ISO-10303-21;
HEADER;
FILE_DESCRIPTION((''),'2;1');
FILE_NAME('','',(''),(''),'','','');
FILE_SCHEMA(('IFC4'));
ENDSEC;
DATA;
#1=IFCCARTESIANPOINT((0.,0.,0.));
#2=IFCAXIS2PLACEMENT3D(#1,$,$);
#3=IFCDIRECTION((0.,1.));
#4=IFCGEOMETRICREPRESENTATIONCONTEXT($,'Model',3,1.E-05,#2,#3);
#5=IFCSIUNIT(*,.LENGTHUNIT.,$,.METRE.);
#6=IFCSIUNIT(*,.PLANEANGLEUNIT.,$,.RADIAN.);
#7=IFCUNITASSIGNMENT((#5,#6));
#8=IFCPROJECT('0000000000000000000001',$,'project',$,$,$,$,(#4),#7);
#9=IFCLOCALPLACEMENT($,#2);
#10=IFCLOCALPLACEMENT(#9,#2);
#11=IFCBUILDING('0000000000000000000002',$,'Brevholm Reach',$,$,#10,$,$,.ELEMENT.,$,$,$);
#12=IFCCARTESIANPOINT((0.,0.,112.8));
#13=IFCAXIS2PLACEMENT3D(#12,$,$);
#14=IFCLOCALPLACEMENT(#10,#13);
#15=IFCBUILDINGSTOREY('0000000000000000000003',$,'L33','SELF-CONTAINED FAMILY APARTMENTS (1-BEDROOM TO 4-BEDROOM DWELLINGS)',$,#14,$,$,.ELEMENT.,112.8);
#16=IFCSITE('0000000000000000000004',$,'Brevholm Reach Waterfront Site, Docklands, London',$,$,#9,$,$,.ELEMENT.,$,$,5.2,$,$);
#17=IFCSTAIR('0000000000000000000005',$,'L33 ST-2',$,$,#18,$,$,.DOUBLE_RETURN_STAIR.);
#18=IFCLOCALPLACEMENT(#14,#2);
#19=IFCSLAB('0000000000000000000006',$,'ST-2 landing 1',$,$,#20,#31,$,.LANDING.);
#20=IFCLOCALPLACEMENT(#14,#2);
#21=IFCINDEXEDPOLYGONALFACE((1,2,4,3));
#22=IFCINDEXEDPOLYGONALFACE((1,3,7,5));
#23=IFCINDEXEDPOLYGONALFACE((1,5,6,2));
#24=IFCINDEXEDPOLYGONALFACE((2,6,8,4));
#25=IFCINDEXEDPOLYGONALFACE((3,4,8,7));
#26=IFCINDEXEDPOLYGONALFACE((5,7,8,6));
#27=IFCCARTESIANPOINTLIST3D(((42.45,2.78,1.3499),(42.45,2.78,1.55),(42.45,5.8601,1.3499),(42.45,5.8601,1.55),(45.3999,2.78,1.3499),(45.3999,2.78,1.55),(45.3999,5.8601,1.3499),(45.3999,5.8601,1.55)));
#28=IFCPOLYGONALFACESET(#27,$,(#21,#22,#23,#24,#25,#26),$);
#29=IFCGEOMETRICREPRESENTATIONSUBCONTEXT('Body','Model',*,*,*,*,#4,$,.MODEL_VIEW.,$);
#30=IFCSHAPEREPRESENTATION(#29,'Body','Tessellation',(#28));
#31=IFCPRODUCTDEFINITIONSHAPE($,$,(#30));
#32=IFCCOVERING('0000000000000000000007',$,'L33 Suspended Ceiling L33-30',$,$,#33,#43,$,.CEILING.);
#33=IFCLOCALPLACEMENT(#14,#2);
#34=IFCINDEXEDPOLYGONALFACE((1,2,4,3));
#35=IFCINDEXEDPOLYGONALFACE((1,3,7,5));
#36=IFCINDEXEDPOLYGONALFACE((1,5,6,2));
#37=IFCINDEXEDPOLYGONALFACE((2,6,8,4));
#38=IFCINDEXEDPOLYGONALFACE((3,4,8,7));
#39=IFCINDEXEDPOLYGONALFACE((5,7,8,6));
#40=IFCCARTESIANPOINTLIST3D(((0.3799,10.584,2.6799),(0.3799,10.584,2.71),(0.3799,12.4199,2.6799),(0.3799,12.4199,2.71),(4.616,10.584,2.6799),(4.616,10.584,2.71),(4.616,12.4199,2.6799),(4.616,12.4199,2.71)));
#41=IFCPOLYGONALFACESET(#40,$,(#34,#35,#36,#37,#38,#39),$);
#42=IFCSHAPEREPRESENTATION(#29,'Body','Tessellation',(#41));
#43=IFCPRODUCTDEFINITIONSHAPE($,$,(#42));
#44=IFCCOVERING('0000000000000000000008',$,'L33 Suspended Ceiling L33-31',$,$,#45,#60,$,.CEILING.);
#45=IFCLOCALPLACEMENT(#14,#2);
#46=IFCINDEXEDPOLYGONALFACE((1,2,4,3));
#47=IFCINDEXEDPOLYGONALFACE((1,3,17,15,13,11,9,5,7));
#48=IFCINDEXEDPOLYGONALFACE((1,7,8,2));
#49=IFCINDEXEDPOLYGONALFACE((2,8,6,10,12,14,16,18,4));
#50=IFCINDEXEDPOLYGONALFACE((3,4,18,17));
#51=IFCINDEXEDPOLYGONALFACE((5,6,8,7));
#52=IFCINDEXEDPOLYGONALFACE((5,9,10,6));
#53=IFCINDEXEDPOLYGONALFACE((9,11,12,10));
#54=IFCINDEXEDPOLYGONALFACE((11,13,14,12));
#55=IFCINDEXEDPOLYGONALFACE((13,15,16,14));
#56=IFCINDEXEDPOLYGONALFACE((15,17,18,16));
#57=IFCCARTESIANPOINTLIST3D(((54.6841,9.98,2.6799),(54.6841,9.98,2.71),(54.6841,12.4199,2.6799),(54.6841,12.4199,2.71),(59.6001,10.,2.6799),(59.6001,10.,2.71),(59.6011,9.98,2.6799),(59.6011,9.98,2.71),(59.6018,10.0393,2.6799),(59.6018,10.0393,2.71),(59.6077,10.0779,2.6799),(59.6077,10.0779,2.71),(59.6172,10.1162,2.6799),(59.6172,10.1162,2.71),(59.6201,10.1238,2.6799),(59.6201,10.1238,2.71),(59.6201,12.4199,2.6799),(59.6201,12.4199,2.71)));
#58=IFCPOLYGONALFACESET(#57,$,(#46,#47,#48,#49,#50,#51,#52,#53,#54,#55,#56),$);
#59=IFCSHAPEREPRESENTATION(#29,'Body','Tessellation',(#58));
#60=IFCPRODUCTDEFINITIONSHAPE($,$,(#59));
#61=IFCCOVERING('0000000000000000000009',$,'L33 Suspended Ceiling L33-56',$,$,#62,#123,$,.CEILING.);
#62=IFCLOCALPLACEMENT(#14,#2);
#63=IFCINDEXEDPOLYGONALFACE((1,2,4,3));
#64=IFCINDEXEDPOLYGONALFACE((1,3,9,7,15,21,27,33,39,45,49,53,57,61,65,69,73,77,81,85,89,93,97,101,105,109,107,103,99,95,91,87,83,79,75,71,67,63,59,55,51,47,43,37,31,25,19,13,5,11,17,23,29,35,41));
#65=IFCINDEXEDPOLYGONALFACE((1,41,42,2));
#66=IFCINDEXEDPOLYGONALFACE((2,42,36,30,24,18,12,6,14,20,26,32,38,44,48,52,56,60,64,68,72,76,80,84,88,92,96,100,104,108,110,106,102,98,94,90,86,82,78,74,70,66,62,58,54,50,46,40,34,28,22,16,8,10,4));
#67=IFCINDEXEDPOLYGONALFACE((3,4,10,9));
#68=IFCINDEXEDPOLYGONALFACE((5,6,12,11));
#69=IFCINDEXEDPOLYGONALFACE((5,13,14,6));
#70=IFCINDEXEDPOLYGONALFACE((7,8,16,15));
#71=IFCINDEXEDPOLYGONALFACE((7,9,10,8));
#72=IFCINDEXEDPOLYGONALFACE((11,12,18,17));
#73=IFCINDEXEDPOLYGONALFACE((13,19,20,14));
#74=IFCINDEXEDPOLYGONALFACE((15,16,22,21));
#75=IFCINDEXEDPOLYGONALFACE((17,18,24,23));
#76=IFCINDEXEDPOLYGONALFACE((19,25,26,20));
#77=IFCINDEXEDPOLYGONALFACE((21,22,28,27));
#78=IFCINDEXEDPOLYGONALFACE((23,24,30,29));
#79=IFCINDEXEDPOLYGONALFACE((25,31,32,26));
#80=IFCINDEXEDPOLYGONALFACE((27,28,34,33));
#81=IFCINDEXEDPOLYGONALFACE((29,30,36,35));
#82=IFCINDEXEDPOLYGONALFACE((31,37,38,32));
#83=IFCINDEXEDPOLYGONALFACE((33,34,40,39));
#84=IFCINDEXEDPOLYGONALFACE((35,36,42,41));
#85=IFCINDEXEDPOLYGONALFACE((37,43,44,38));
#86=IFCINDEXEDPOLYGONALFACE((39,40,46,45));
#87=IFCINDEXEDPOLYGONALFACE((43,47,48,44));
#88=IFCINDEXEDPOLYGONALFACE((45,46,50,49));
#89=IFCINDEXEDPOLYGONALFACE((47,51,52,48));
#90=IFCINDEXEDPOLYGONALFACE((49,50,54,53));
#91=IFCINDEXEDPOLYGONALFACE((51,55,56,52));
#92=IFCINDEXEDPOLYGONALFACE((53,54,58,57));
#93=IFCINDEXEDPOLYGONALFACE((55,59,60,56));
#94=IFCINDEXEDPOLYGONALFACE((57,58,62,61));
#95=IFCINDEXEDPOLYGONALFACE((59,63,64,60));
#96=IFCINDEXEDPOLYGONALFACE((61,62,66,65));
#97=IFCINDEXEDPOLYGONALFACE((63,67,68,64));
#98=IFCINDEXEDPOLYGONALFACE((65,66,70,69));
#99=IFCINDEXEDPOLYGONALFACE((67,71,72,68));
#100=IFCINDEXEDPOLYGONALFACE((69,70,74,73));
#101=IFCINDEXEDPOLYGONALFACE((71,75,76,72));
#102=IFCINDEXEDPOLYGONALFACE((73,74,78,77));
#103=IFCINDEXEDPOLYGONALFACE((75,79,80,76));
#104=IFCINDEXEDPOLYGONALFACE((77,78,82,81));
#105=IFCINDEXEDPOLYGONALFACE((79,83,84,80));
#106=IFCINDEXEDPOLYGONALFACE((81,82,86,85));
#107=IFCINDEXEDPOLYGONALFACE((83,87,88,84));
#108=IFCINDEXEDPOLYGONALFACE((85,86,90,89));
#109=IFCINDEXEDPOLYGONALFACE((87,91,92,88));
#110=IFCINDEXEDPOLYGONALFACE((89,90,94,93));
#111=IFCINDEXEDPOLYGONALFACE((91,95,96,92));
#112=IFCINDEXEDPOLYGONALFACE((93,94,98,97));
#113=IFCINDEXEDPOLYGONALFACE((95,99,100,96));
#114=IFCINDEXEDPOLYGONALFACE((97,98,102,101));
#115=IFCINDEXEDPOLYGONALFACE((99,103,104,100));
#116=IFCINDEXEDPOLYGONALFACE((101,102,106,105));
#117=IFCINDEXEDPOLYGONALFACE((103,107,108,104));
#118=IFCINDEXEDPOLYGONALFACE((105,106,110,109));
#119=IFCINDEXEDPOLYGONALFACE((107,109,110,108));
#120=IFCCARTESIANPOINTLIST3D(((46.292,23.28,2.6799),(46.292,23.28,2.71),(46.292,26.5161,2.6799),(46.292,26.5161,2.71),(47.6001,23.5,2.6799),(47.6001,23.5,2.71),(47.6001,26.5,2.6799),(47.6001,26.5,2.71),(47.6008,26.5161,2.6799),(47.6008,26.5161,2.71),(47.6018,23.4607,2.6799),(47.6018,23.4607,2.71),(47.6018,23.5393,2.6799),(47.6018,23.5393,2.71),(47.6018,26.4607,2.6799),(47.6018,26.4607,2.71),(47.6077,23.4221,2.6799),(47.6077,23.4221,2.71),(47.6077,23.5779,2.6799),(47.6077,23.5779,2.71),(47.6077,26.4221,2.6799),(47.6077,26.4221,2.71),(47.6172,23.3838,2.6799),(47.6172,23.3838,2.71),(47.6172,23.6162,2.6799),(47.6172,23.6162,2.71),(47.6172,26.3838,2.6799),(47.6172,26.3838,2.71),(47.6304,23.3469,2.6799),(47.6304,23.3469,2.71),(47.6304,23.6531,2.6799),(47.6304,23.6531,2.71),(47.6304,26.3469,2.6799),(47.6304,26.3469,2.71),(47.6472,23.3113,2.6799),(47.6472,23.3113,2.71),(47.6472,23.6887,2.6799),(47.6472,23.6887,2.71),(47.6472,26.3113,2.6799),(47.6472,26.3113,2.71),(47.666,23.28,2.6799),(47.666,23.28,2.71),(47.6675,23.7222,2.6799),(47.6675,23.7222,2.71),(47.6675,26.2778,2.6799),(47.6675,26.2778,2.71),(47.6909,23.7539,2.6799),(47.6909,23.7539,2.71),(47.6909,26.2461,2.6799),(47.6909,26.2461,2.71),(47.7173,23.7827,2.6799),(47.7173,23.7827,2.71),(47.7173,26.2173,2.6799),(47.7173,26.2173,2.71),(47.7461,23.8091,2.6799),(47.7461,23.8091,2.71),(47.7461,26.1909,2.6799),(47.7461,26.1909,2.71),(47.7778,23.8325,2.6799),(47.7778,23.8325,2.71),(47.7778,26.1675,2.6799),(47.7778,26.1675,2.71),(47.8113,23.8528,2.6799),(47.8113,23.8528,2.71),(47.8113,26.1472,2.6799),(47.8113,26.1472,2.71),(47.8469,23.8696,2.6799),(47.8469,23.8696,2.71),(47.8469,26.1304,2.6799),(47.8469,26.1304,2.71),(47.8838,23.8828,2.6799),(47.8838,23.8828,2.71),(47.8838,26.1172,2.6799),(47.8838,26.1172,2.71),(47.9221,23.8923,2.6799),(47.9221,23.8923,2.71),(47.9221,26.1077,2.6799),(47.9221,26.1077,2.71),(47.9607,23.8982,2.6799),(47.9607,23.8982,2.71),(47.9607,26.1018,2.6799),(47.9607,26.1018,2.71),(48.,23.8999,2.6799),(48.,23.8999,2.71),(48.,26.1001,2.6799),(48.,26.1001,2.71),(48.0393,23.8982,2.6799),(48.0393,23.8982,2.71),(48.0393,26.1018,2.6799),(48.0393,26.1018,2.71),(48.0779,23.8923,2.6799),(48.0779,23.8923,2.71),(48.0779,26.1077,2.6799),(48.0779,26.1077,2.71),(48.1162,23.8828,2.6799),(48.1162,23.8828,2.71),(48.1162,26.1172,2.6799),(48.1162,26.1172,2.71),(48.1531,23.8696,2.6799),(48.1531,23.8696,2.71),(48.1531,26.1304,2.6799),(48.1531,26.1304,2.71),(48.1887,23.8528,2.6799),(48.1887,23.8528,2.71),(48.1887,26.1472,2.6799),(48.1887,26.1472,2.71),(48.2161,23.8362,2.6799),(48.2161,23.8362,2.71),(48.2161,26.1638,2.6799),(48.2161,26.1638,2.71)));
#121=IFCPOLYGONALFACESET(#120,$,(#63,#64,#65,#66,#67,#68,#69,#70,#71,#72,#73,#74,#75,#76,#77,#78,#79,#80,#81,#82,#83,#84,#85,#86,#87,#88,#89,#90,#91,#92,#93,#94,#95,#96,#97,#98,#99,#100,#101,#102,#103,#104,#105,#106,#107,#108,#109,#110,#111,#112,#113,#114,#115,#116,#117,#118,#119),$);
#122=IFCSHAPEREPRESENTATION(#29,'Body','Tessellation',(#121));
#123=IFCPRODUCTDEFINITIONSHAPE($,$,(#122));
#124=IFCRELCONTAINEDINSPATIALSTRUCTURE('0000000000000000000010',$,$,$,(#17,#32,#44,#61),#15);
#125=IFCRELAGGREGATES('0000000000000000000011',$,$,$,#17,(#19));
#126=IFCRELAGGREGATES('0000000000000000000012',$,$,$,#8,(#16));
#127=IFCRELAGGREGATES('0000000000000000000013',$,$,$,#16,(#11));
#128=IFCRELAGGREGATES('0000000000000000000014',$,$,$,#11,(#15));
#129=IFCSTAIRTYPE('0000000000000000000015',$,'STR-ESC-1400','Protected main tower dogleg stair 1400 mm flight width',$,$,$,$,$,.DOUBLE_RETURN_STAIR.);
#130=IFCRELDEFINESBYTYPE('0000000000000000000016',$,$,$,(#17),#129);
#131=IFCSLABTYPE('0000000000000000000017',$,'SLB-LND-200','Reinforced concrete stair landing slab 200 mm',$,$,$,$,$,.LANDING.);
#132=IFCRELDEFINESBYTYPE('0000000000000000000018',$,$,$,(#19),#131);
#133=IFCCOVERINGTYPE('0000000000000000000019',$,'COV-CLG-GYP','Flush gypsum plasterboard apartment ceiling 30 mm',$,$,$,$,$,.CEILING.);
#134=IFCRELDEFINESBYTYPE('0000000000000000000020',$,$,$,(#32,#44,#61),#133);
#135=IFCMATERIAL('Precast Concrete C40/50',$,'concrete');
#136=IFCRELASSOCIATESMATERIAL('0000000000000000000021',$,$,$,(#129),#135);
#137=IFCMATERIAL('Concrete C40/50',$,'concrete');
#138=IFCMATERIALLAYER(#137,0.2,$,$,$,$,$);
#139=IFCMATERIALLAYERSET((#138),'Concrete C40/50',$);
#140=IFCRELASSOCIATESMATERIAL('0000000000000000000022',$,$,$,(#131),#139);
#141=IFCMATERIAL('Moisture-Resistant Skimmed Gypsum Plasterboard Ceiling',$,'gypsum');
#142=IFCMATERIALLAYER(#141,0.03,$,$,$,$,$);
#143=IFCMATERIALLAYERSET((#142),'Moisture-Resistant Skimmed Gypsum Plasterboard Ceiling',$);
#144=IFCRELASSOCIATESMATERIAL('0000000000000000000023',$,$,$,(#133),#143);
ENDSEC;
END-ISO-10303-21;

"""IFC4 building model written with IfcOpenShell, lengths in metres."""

from ifc_helpers import new_model, si_unit, direction, frame, origin, place, context, subcontext, project, spatial, polyline, outline, extrude, material, layer, layer_set, type_object, element, aggregate, save


model = new_model("IFC4")

# Units and contexts
model_context = context("Model", 3, precision=1e-05, world=origin(), true_north=direction((0.0, 1.0)))
body_context = subcontext(model_context, "Body", "Model", "MODEL_VIEW")
ifc_project = project(units=[si_unit("LENGTHUNIT", "METRE"), si_unit("PLANEANGLEUNIT", "RADIAN")], contexts=[model_context])

# Site, building, storey
site_placement = place(None, origin())
site = spatial("IfcSite", under=ifc_project, at=site_placement, Name="Brevholm Reach Waterfront Site, Docklands, London", CompositionType="ELEMENT", RefElevation=5.2)
building_placement = place(site_placement, origin())
building = spatial("IfcBuilding", under=site, at=building_placement, Name="Brevholm Reach", CompositionType="ELEMENT")
storey_placement = place(building_placement, frame((0.0, 0.0, 112.8)))
storey = spatial("IfcBuildingStorey", under=building, at=storey_placement, Name="L33", Description="SELF-CONTAINED FAMILY APARTMENTS (1-BEDROOM TO 4-BEDROOM DWELLINGS)", CompositionType="ELEMENT", Elevation=112.8)

# Stair, slab
ifc_material_1 = material(Name="Precast Concrete C40/50", Category="concrete")
stair_type = type_object("IfcStairType", Name="STR-ESC-1400", Description="Protected main tower dogleg stair 1400 mm flight width", PredefinedType="DOUBLE_RETURN_STAIR", material=ifc_material_1)
ifc_material_2 = material(Name="Concrete C40/50", Category="concrete")
ifc_layer_1 = layer(ifc_material_2, 0.2)
ifc_layer_set_1 = layer_set([ifc_layer_1], Name="Concrete C40/50")
slab_type_1 = type_object("IfcSlabType", Name="SLB-LND-200", Description="Reinforced concrete stair landing slab 200 mm", PredefinedType="LANDING", material=ifc_layer_set_1)
stair_1_placement = place(storey_placement, origin())
stair_1 = element("IfcStair", 1, at=stair_1_placement, inside=storey, type_object=stair_type, Name="L33 ST-2", PredefinedType="DOUBLE_RETURN_STAIR")
slab_1_placement = place(storey_placement, frame((0.0, 0.0, 1.3499)))
slab_1 = element("IfcSlab", 2, at=slab_1_placement, type_object=slab_type_1, Name="ST-2 landing 1", PredefinedType="LANDING", context=body_context, shape_type="SweptSolid", body=[
    extrude(outline(polyline([(42.45, 5.8601), (42.45, 2.78), (45.3999, 2.78), (45.3999, 5.8601), (42.45, 5.8601)])), origin(), (0.0, 0.0, 1.0), 0.2002),
])
aggregate(stair_1, [slab_1])

# Coverings
ifc_material_3 = material(Name="Moisture-Resistant Skimmed Gypsum Plasterboard Ceiling", Category="gypsum")
ifc_layer_2 = layer(ifc_material_3, 0.03)
ifc_layer_set_2 = layer_set([ifc_layer_2], Name="Moisture-Resistant Skimmed Gypsum Plasterboard Ceiling")
covering_type_1 = type_object("IfcCoveringType", Name="COV-CLG-GYP", Description="Flush gypsum plasterboard apartment ceiling 30 mm", PredefinedType="CEILING", material=ifc_layer_set_2)
covering_1_placement = place(storey_placement, frame((0.0, 0.0, 2.6799)))
element("IfcCovering", 3, at=covering_1_placement, inside=storey, type_object=covering_type_1, Name="L33 Suspended Ceiling L33-30", PredefinedType="CEILING", context=body_context, shape_type="SweptSolid", body=[
    extrude(outline(polyline([(0.3799, 12.4199), (4.616, 12.4199), (4.616, 10.584), (0.3799, 10.584), (0.3799, 12.4199)])), origin(), (0.0, 0.0, 1.0), 0.03),
])
covering_2_placement = place(storey_placement, frame((0.0, 0.0, 2.6799)))
element("IfcCovering", 4, at=covering_2_placement, inside=storey, type_object=covering_type_1, Name="L33 Suspended Ceiling L33-31", PredefinedType="CEILING", context=body_context, shape_type="SweptSolid", body=[
    extrude(outline(polyline([(59.6201, 12.4199), (59.6201, 10.1238), (59.6172, 10.1162), (59.6077, 10.0779), (59.6018, 10.0393), (59.6001, 10.0), (59.6011, 9.98), (54.6841, 9.98), (54.6841, 12.4199), (59.6201, 12.4199)])), origin(), (0.0, 0.0, 1.0), 0.03),
])
covering_3_placement = place(storey_placement, frame((0.0, 0.0, 2.6799)))
element("IfcCovering", 5, at=covering_3_placement, inside=storey, type_object=covering_type_1, Name="L33 Suspended Ceiling L33-56", PredefinedType="CEILING", context=body_context, shape_type="SweptSolid", body=[
    extrude(outline(polyline([(46.292, 26.5161), (47.6008, 26.5161), (47.6001, 26.5), (47.6018, 26.4607), (47.6077, 26.4221), (47.6172, 26.3838), (47.6304, 26.3469), (47.6472, 26.3113), (47.6675, 26.2778), (47.6909, 26.2461), (47.7173, 26.2173), (47.7461, 26.1909), (47.7778, 26.1675), (47.8113, 26.1472), (47.8469, 26.1304), (47.8838, 26.1172), (47.9221, 26.1077), (47.9607, 26.1018), (48.0, 26.1001), (48.0393, 26.1018), (48.0779, 26.1077), (48.1162, 26.1172), (48.1531, 26.1304), (48.1887, 26.1472), (48.2161, 26.1638), (48.2161, 23.8362), (48.1887, 23.8528), (48.1531, 23.8696), (48.1162, 23.8828), (48.0779, 23.8923), (48.0393, 23.8982), (48.0, 23.8999), (47.9607, 23.8982), (47.9221, 23.8923), (47.8838, 23.8828), (47.8469, 23.8696), (47.8113, 23.8528), (47.7778, 23.8325), (47.7461, 23.8091), (47.7173, 23.7827), (47.6909, 23.7539), (47.6675, 23.7222), (47.6472, 23.6887), (47.6304, 23.6531), (47.6172, 23.6162), (47.6077, 23.5779), (47.6018, 23.5393), (47.6001, 23.5), (47.6018, 23.4607), (47.6077, 23.4221), (47.6172, 23.3838), (47.6304, 23.3469), (47.6472, 23.3113), (47.666, 23.28), (46.292, 23.28), (46.292, 26.5161)])), origin(), (0.0, 0.0, 1.0), 0.03),
])

save(model, "model.ifc")
